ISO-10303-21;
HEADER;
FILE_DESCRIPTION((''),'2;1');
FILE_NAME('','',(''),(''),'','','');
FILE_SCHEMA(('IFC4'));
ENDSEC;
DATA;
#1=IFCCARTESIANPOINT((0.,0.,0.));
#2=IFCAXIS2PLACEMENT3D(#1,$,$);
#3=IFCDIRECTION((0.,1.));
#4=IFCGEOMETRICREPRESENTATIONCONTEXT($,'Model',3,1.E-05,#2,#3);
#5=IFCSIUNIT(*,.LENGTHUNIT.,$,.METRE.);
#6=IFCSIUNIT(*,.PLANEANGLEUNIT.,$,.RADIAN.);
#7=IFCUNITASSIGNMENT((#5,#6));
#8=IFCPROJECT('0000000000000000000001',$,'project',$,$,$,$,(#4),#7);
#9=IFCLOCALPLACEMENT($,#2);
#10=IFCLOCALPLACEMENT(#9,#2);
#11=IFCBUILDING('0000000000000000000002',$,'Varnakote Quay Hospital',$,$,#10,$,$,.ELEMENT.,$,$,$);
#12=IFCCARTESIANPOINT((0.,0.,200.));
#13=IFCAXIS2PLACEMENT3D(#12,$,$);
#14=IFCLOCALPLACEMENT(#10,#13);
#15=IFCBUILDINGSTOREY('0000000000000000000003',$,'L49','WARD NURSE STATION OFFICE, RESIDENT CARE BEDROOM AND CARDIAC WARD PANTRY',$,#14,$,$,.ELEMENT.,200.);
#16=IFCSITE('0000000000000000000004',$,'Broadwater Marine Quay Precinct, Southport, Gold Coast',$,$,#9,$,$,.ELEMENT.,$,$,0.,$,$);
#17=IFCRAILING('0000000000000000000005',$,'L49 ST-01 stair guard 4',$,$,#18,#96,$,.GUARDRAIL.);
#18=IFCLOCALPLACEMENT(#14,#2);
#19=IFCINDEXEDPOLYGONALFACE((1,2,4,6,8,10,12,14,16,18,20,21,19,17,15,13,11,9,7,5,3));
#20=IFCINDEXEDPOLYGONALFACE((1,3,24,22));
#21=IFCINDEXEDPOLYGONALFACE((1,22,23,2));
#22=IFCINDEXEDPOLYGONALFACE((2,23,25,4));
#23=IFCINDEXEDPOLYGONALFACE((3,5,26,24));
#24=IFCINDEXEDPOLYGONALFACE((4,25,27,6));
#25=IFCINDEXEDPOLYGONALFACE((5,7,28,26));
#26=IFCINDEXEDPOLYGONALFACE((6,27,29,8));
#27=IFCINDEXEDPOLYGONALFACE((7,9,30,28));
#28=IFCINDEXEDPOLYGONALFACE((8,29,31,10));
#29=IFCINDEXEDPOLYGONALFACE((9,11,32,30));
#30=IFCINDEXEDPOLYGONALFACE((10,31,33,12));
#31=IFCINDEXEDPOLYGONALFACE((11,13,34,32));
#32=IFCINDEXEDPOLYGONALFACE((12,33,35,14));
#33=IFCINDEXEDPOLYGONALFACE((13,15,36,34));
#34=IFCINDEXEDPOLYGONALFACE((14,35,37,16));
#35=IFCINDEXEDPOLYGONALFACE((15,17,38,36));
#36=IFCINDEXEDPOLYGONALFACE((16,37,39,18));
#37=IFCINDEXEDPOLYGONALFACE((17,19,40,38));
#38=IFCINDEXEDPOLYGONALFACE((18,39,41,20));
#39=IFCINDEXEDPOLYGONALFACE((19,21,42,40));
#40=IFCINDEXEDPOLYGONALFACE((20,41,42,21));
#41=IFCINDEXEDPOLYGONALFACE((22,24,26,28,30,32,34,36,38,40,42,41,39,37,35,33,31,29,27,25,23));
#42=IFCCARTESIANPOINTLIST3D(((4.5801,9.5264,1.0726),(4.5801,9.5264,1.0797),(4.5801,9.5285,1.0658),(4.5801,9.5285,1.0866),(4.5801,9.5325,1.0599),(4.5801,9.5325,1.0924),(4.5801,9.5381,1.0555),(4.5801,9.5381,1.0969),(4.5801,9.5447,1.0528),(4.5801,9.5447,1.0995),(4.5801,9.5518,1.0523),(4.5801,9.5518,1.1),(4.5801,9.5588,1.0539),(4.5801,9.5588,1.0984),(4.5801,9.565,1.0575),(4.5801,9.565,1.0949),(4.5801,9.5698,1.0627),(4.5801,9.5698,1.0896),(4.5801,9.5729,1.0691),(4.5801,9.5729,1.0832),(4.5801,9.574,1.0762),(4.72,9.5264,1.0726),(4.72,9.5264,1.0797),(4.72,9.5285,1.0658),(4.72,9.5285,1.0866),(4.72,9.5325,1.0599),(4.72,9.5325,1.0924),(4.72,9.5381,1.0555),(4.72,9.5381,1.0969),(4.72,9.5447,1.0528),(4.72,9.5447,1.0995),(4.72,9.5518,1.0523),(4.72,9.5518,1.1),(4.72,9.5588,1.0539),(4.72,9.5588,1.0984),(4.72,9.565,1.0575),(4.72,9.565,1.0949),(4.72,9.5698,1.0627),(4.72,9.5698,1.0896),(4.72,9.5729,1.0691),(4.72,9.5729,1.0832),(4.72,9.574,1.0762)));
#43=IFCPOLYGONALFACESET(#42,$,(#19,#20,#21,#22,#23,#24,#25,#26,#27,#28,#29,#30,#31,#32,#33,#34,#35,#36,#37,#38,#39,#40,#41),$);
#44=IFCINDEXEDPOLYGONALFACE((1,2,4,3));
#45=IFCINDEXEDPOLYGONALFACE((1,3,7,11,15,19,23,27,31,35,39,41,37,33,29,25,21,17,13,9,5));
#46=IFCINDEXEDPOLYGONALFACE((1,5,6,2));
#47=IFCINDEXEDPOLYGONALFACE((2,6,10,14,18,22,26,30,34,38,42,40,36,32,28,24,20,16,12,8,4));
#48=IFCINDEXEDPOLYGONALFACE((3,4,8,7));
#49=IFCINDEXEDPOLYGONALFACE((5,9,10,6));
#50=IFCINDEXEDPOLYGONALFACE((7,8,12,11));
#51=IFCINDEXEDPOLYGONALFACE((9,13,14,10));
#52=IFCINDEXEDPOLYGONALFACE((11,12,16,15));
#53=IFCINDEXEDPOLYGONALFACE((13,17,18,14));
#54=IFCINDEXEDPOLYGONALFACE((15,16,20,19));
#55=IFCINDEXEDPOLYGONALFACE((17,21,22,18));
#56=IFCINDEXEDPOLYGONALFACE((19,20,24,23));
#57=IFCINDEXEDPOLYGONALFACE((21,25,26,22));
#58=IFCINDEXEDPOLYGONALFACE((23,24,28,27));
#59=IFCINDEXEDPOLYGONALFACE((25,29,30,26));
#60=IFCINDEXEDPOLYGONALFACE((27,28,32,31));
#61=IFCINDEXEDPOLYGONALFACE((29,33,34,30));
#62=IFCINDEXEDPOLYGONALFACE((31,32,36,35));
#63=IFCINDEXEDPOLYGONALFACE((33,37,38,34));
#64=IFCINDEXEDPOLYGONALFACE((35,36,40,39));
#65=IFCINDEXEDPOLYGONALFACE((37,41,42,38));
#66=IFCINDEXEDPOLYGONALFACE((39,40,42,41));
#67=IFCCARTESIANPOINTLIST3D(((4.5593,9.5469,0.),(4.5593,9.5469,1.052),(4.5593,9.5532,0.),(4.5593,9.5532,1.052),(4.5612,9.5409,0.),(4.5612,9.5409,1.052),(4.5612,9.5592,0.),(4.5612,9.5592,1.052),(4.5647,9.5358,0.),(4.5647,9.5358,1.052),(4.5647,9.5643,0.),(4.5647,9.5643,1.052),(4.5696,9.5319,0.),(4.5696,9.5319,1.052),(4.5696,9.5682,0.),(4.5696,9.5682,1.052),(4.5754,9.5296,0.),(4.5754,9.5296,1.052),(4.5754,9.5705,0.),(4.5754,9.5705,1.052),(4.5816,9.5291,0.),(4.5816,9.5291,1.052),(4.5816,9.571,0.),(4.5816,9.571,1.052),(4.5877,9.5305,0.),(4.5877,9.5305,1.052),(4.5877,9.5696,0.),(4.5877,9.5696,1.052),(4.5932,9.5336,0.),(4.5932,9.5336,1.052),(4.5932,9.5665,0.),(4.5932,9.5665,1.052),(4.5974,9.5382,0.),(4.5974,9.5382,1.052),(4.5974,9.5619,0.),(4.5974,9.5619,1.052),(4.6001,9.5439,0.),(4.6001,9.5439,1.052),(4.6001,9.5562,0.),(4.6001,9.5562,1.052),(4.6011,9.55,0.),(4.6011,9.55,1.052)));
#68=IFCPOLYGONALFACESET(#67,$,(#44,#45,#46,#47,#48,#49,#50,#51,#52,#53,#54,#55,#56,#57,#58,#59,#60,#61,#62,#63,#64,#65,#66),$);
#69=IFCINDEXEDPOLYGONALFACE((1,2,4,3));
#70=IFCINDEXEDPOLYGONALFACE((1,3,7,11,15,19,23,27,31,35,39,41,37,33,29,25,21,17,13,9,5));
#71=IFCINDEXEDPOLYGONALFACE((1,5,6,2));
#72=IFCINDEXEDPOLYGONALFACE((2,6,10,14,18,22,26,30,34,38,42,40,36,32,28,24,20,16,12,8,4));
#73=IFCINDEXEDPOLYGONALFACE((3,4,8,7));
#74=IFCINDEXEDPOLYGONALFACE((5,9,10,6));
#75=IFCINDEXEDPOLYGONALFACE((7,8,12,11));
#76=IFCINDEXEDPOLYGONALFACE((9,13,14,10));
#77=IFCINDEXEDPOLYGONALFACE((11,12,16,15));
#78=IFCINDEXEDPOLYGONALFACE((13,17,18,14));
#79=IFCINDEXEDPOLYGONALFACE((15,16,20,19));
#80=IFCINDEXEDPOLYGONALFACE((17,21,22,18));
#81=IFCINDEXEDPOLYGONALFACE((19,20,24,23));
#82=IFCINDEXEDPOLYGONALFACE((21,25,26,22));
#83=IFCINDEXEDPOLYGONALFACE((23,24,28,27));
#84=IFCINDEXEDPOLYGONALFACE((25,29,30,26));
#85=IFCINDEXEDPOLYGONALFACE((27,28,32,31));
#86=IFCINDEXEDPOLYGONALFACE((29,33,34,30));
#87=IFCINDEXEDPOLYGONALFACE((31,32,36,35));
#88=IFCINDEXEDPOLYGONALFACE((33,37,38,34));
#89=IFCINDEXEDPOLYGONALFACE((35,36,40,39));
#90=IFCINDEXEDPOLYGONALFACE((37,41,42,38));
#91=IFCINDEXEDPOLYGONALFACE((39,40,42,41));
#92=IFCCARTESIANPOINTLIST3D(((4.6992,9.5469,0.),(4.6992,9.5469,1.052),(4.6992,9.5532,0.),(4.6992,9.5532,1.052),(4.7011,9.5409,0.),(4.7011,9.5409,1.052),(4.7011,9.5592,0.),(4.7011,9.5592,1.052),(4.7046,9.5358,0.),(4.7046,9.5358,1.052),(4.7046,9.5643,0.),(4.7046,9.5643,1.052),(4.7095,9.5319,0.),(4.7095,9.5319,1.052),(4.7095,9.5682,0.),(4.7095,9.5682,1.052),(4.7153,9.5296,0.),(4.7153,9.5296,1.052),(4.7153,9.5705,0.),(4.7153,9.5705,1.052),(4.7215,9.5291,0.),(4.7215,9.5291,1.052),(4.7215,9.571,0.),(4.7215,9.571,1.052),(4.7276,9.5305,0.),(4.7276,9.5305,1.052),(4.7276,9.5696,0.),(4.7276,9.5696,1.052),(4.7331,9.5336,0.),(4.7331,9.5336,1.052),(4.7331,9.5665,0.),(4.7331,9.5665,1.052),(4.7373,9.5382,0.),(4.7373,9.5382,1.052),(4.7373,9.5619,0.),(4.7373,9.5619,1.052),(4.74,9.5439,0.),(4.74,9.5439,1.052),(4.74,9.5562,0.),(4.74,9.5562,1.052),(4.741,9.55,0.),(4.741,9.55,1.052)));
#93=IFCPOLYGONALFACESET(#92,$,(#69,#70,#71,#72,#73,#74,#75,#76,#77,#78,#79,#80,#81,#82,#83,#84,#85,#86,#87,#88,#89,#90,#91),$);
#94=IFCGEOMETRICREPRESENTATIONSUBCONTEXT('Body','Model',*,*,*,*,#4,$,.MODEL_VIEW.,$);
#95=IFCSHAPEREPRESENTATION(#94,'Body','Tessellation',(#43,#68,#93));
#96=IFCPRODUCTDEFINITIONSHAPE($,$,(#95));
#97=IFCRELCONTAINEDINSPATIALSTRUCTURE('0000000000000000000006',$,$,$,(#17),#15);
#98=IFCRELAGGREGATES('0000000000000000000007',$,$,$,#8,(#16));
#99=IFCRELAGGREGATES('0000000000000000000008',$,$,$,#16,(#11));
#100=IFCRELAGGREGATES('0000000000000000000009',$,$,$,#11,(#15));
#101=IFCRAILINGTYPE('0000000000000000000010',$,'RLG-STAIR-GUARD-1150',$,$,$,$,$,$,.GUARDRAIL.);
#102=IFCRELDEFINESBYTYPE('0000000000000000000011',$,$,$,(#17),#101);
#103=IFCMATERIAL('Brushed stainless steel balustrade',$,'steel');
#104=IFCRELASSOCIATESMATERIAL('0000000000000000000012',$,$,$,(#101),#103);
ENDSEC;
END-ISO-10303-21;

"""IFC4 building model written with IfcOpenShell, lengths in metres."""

from ifc_helpers import new_model, si_unit, direction, frame, origin, origin_2d, place, context, subcontext, project, spatial, circle, extrude, material, type_object, element, save


model = new_model("IFC4")

# Units and contexts
model_context = context("Model", 3, precision=1e-05, world=origin(), true_north=direction((0.0, 1.0)))
body_context = subcontext(model_context, "Body", "Model", "MODEL_VIEW")
ifc_project = project(units=[si_unit("LENGTHUNIT", "METRE"), si_unit("PLANEANGLEUNIT", "RADIAN")], contexts=[model_context])

# Site, building, storey
site_placement = place(None, origin())
site = spatial("IfcSite", under=ifc_project, at=site_placement, Name="Broadwater Marine Quay Precinct, Southport, Gold Coast", CompositionType="ELEMENT", RefElevation=0.0)
building_placement = place(site_placement, origin())
building = spatial("IfcBuilding", under=site, at=building_placement, Name="Varnakote Quay Hospital", CompositionType="ELEMENT")
storey_placement = place(building_placement, frame((0.0, 0.0, 200.0)))
storey = spatial("IfcBuildingStorey", under=building, at=storey_placement, Name="L49", Description="WARD NURSE STATION OFFICE, RESIDENT CARE BEDROOM AND CARDIAC WARD PANTRY", CompositionType="ELEMENT", Elevation=200.0)

# Railing
ifc_material_1 = material(Name="Brushed stainless steel balustrade", Category="steel")
railing_type_1 = type_object("IfcRailingType", Name="RLG-STAIR-GUARD-1150", PredefinedType="GUARDRAIL", material=ifc_material_1)
railing_1_placement = place(storey_placement, frame((4.5801, 9.55, 0.0)))
element("IfcRailing", 1, at=railing_1_placement, inside=storey, type_object=railing_type_1, Name="L49 ST-01 stair guard 4", PredefinedType="GUARDRAIL", context=body_context, shape_type="SweptSolid", body=[
    extrude(circle(Radius=0.0239, at=origin_2d()), frame((0.0, 0.0, 1.0762), z_axis=(1.0, 0.0, 0.0), x_axis=(0.0, 1.0, 0.0)), (0.0, 0.0, 1.0), 0.1399),
    extrude(circle(Radius=0.021, at=origin_2d()), origin(), (0.0, 0.0, 1.0), 1.052),
    extrude(circle(Radius=0.021, at=origin_2d()), frame((0.1399, 0.0, 0.0)), (0.0, 0.0, 1.0), 1.052),
])

save(model, "model.ifc")
